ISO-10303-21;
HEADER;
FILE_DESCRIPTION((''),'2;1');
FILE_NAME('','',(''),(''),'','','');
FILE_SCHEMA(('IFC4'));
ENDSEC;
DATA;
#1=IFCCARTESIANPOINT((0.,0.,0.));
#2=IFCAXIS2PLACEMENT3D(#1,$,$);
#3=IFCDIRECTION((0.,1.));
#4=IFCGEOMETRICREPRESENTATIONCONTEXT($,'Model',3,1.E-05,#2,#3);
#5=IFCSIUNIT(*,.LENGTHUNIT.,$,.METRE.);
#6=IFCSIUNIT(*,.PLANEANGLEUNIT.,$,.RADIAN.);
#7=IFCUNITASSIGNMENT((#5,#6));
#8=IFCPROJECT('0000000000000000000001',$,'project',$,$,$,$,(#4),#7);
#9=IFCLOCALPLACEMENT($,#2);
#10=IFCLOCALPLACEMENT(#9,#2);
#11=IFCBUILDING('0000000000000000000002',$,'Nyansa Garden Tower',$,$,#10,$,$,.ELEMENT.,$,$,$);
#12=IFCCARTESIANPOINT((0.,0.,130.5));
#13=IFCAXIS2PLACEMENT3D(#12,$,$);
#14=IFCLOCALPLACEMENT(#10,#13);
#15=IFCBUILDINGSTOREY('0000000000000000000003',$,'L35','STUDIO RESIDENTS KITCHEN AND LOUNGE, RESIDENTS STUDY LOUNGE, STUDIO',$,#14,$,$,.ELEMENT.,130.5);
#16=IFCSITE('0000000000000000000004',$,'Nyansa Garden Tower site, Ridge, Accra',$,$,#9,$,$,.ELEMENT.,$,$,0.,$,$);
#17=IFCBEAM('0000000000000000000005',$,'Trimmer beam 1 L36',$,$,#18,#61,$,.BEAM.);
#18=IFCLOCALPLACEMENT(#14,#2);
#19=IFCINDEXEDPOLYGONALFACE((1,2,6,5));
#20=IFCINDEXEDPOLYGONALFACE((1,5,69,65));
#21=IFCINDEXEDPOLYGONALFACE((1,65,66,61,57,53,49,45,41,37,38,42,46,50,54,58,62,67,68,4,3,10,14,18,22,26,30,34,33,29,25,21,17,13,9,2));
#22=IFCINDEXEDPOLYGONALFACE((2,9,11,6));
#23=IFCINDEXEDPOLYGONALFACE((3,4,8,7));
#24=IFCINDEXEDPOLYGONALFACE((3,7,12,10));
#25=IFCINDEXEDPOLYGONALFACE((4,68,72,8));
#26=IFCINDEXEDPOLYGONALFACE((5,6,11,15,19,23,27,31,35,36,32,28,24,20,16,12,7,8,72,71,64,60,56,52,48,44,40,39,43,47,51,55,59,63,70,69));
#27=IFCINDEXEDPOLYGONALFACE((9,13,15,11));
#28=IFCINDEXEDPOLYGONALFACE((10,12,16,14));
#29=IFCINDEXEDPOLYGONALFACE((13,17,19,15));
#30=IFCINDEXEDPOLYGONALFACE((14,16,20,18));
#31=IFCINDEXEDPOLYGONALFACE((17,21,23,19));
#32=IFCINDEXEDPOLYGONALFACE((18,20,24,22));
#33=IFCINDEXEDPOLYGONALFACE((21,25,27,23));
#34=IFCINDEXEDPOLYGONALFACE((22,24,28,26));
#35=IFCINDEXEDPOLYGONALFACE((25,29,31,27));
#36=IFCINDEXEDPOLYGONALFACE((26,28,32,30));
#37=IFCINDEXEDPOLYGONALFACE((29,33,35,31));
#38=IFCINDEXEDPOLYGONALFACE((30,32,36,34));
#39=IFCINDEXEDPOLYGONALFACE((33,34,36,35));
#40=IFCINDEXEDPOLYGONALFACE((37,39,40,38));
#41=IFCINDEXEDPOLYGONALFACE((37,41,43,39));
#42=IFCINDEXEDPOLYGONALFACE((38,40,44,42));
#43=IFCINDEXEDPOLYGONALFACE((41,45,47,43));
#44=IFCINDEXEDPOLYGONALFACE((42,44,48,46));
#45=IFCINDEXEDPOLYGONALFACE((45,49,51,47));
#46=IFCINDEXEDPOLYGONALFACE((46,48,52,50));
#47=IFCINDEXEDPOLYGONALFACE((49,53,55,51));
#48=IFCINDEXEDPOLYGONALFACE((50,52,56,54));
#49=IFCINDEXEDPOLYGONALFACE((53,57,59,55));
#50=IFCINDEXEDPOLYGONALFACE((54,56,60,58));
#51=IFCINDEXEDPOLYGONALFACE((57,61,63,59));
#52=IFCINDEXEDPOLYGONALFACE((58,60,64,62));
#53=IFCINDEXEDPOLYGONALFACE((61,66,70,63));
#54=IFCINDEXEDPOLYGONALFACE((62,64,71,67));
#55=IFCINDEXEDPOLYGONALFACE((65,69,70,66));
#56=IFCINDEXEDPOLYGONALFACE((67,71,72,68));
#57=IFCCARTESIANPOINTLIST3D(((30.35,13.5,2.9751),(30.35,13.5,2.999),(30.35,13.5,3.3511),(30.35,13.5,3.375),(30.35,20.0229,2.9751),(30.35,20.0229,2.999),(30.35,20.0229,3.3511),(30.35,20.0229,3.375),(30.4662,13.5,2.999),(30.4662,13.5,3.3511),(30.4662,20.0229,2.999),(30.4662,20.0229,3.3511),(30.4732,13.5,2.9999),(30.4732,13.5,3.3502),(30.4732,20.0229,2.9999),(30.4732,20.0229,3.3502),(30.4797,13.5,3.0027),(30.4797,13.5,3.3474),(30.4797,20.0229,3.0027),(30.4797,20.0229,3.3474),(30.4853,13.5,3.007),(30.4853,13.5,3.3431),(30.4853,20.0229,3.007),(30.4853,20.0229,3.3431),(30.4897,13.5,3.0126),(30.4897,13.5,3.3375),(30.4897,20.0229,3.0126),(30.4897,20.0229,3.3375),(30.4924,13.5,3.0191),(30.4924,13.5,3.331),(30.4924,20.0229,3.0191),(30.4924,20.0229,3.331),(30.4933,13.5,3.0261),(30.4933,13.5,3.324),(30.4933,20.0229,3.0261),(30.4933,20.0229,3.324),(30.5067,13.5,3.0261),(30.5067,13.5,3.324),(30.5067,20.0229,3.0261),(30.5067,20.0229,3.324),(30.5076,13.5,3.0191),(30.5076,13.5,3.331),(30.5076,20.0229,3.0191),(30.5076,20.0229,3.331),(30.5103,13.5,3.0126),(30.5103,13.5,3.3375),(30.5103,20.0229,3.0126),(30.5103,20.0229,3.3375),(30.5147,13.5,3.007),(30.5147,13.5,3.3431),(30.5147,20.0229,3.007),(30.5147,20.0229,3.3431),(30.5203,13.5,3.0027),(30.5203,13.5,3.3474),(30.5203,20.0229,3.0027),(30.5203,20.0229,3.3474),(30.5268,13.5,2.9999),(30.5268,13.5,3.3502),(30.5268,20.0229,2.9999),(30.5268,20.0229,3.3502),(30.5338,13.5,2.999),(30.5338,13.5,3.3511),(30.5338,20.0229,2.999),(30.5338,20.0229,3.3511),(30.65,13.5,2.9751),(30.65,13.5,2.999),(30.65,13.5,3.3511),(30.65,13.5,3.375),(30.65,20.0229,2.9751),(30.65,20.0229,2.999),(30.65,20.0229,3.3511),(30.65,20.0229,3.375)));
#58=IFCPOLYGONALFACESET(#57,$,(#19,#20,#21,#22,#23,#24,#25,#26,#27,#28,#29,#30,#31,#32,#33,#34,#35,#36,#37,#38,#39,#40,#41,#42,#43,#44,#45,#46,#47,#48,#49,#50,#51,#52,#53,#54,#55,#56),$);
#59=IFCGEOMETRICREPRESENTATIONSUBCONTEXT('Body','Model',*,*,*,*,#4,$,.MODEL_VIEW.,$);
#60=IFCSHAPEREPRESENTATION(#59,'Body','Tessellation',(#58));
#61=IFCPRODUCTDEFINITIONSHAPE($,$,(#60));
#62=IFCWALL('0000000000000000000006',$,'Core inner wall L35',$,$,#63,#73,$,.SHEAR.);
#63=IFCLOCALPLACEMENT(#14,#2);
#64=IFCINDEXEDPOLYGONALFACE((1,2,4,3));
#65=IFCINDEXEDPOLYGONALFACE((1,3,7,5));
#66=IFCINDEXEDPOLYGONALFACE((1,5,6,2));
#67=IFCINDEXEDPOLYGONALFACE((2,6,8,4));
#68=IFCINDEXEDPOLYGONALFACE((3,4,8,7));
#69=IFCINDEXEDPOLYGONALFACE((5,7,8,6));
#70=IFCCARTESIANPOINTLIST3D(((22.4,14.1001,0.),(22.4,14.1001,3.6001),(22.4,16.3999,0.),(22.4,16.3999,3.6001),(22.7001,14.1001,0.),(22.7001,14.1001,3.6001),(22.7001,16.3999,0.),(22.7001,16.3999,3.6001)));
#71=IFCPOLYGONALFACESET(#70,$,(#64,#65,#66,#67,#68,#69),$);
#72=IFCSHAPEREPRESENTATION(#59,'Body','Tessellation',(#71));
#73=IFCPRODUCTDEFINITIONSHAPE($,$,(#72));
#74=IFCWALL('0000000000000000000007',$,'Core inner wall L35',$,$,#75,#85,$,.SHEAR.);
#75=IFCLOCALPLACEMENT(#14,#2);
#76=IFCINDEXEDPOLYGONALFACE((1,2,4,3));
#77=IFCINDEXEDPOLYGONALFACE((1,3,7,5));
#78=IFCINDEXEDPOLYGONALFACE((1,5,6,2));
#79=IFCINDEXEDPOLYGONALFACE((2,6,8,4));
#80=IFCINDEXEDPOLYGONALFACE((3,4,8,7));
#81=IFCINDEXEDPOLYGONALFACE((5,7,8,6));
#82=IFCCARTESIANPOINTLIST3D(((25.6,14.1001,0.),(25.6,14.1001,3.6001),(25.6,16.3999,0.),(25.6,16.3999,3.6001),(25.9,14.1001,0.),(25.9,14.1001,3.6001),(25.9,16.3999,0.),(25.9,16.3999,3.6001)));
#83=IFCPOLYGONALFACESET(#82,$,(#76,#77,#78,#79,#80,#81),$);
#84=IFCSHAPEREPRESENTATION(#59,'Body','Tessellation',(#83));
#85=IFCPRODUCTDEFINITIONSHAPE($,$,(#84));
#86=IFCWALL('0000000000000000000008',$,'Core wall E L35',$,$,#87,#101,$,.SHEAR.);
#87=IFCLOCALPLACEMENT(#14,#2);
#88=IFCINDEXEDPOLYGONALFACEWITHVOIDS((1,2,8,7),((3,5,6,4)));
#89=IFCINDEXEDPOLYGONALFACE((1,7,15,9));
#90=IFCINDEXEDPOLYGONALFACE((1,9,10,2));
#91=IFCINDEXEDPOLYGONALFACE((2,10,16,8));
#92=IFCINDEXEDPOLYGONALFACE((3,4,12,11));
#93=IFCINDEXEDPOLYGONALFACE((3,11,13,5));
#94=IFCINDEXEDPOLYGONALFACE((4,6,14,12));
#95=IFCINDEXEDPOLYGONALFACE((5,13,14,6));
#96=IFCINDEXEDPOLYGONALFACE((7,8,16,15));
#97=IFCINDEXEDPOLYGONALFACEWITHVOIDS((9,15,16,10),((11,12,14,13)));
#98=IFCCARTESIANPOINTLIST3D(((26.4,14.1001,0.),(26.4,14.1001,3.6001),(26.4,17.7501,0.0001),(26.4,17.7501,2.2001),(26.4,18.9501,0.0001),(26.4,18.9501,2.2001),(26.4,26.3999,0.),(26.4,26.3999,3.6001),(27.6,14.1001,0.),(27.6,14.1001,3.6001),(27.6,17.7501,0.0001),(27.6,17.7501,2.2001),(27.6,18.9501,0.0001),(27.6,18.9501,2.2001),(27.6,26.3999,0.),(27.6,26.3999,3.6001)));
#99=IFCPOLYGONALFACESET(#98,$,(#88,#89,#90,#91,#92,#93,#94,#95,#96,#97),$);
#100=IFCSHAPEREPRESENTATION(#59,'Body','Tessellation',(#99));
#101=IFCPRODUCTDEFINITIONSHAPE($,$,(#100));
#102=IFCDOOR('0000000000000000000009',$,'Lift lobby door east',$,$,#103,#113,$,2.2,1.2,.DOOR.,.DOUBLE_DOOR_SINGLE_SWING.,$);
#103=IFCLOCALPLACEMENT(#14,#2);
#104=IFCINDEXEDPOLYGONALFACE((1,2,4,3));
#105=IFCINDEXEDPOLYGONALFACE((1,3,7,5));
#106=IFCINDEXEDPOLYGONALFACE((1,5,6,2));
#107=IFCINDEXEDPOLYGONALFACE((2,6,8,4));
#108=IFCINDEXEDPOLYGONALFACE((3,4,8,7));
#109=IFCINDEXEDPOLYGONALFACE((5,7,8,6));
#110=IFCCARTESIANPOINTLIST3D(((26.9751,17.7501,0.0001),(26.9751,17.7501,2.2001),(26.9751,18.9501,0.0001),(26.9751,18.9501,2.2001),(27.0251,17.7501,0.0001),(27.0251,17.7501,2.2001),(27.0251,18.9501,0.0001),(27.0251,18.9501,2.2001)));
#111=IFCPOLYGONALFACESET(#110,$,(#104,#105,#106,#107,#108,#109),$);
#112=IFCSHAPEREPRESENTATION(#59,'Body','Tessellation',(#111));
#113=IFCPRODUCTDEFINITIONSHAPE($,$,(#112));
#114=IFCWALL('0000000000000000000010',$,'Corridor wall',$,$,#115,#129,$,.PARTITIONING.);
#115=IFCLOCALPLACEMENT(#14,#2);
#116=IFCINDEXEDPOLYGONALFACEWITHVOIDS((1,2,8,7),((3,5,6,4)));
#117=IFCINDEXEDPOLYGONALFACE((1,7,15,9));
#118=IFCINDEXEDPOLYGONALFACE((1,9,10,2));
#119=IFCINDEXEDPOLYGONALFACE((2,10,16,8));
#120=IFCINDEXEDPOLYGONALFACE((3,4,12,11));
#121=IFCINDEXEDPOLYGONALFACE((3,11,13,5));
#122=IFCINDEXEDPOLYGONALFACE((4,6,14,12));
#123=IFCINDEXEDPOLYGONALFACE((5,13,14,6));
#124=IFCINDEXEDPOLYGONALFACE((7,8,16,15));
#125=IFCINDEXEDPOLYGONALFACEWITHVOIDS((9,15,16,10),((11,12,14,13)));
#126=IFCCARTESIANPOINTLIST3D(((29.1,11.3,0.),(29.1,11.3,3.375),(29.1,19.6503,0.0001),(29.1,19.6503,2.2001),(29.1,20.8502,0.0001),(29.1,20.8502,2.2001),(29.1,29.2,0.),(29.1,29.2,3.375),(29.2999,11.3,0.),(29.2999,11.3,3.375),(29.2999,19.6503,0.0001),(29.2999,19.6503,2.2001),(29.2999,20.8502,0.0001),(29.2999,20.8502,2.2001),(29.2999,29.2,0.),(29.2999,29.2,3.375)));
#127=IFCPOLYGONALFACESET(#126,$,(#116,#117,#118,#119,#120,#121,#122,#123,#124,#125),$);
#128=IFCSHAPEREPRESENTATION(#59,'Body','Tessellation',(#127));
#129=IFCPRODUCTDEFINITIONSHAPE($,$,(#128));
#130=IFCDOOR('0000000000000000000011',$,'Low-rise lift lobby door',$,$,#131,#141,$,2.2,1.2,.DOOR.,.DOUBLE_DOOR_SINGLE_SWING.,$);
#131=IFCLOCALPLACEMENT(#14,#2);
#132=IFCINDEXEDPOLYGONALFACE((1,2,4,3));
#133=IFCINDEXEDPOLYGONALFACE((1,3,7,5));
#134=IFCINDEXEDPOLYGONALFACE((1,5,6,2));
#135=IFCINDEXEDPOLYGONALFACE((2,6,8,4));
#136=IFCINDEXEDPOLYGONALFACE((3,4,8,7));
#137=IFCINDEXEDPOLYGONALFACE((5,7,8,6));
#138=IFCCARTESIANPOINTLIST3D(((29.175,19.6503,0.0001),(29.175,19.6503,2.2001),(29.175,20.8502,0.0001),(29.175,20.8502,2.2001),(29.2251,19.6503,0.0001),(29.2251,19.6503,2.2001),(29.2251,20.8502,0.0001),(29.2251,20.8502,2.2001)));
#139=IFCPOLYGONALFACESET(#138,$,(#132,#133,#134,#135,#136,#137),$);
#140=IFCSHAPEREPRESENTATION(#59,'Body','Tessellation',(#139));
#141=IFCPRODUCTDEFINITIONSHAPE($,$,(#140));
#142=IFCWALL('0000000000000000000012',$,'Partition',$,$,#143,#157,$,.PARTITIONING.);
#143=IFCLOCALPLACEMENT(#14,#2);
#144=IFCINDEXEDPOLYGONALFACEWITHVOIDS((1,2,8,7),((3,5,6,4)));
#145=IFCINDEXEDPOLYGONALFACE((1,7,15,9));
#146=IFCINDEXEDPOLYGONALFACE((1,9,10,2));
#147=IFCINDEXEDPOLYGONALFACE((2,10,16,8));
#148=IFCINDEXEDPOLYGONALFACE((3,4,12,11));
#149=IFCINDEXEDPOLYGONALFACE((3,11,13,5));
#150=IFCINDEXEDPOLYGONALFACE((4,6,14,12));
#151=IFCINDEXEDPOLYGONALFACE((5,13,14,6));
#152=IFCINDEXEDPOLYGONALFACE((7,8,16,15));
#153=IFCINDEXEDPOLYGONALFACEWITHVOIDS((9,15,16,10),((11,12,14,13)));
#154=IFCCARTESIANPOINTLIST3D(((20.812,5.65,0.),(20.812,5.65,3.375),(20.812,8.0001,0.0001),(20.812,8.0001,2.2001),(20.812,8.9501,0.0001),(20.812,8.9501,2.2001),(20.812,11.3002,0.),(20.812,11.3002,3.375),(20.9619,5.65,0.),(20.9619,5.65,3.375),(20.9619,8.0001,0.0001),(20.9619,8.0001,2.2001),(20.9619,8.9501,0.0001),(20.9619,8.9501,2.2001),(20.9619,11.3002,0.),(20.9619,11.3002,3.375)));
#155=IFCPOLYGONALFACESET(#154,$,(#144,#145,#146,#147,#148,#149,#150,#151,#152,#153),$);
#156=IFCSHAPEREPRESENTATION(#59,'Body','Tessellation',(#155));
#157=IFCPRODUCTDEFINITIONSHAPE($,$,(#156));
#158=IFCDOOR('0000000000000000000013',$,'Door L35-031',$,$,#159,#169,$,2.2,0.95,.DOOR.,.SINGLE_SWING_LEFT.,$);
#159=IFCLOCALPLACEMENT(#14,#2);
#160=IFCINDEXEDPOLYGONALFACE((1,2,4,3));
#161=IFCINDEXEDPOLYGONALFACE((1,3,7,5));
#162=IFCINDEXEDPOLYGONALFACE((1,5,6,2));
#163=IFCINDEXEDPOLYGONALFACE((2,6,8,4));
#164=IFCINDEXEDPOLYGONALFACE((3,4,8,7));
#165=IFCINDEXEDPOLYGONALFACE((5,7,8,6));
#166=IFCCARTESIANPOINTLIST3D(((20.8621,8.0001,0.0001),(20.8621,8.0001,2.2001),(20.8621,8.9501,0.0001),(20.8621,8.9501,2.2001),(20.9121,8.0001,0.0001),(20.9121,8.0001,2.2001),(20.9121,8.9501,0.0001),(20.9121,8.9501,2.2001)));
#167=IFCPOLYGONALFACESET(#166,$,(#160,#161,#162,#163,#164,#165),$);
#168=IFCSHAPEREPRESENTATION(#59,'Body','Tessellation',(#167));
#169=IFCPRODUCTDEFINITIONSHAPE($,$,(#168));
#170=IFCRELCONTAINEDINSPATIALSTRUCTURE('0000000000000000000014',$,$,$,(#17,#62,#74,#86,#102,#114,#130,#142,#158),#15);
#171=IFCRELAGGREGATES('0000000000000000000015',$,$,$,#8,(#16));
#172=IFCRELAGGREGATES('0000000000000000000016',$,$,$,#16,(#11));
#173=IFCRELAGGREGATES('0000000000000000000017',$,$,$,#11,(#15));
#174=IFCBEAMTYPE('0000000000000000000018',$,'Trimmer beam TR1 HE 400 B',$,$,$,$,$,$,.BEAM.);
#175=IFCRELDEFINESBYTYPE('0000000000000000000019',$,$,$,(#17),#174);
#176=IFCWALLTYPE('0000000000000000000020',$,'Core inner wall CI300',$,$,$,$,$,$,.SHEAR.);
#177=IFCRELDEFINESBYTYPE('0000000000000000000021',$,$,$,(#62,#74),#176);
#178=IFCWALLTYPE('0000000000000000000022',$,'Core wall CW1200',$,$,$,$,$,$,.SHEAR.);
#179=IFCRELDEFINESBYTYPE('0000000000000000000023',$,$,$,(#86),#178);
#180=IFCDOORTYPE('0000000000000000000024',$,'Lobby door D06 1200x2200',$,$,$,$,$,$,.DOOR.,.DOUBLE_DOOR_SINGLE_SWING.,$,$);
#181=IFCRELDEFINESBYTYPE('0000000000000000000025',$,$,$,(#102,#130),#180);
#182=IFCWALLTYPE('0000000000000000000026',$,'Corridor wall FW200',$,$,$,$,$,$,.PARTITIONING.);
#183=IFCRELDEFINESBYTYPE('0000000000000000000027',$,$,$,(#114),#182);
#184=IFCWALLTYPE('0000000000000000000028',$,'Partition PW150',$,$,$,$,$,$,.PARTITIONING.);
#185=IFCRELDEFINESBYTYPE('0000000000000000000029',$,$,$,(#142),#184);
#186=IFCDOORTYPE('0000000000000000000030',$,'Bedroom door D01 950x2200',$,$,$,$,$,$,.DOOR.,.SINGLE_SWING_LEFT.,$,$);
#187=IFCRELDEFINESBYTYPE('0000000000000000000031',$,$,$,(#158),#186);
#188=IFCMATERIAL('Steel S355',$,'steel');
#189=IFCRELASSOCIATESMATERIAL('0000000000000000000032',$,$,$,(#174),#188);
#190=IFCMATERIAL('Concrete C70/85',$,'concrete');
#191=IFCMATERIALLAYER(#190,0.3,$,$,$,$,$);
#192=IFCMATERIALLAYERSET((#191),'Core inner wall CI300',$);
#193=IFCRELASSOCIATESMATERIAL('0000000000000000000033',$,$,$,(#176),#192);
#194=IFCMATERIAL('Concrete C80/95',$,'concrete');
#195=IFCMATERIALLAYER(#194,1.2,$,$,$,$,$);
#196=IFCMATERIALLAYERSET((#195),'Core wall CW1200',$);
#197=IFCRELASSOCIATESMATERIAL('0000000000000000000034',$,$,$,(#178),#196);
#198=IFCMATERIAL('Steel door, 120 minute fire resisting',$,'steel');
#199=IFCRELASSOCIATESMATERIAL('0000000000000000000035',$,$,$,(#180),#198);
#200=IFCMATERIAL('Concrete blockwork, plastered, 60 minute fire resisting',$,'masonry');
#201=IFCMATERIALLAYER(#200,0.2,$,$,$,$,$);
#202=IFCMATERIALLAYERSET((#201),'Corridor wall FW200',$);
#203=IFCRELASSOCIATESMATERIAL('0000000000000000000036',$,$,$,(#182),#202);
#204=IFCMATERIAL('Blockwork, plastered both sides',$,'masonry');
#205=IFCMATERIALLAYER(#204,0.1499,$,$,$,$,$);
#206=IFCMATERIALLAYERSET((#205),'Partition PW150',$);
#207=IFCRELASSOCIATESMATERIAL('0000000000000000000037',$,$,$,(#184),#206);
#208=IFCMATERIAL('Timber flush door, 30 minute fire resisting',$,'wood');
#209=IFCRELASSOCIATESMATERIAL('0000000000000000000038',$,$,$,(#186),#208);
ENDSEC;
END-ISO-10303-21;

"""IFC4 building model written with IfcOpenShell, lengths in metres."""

from ifc_helpers import new_model, si_unit, direction, frame, frame_2d, origin, origin_2d, place, context, subcontext, project, spatial, rectangle, i_section, extrude, material, layer, layer_set, material_profile, profile_set, type_object, element, fill, save


model = new_model("IFC4")

# Units and contexts
model_context = context("Model", 3, precision=1e-05, world=origin(), true_north=direction((0.0, 1.0)))
body_context = subcontext(model_context, "Body", "Model", "MODEL_VIEW")
ifc_project = project(units=[si_unit("LENGTHUNIT", "METRE"), si_unit("PLANEANGLEUNIT", "RADIAN")], contexts=[model_context])

# Site, building, storey
site_placement = place(None, origin())
site = spatial("IfcSite", under=ifc_project, at=site_placement, Name="Nyansa Garden Tower site, Ridge, Accra", CompositionType="ELEMENT", RefElevation=0.0)
building_placement = place(site_placement, origin())
building = spatial("IfcBuilding", under=site, at=building_placement, Name="Nyansa Garden Tower", CompositionType="ELEMENT")
storey_placement = place(building_placement, frame((0.0, 0.0, 130.5)))
storey = spatial("IfcBuildingStorey", under=building, at=storey_placement, Name="L35", Description="STUDIO RESIDENTS KITCHEN AND LOUNGE, RESIDENTS STUDY LOUNGE, STUDIO", CompositionType="ELEMENT", Elevation=130.5)

# Beam
ifc_material_1 = material(Name="Steel S355", Category="steel")
ifc_material_profile_1 = material_profile(ifc_material_1, i_section(OverallWidth=0.3, OverallDepth=0.3999, WebThickness=0.0134, FlangeThickness=0.0239, FilletRadius=0.0271, at=origin_2d()), Name="HE 400 B")
ifc_profile_set_1 = profile_set([ifc_material_profile_1], Name="Steel S355")
beam_type_1 = type_object("IfcBeamType", Name="Trimmer beam TR1 HE 400 B", PredefinedType="BEAM", material=ifc_profile_set_1)
beam_1_placement = place(storey_placement, frame((30.5, 13.5, 3.175), z_axis=(0.0, 1.0, 0.0), x_axis=(-1.0, 0.0, 0.0)))
element("IfcBeam", 1, at=beam_1_placement, inside=storey, type_object=beam_type_1, Name="Trimmer beam 1 L36", PredefinedType="BEAM", context=body_context, shape_type="SweptSolid", body=[
    extrude(i_section(OverallWidth=0.3, OverallDepth=0.3999, WebThickness=0.0134, FlangeThickness=0.0239, FilletRadius=0.0271, at=origin_2d()), origin(), (0.0, 0.0, 1.0), 6.5229),
])

# Walls
ifc_material_2 = material(Name="Concrete C70/85", Category="concrete")
ifc_layer_1 = layer(ifc_material_2, 0.3)
ifc_layer_set_1 = layer_set([ifc_layer_1], Name="Core inner wall CI300")
wall_type_1 = type_object("IfcWallType", Name="Core inner wall CI300", PredefinedType="SHEAR", material=ifc_layer_set_1)
for number, where, z_axis, x_axis, name in (
    (2, (22.55, 14.1001, 0.0), (0.0, 0.0, 1.0), (0.0, 1.0, 0.0), "Core inner wall L35"),
    (3, (25.75, 14.1001, 0.0), (0.0, 0.0, 1.0), (0.0, 1.0, 0.0), "Core inner wall L35"),
):
    element("IfcWall", number, at=place(storey_placement, frame(where, z_axis=z_axis, x_axis=x_axis)), inside=storey, type_object=wall_type_1, Name=name, PredefinedType="SHEAR", context=body_context, shape_type="SweptSolid", body=[
        extrude(rectangle(XDim=2.2998, YDim=0.3, at=frame_2d((1.1499, 0.0))), origin(), (0.0, 0.0, 1.0), 3.6001),
    ])

# Walls, openings, doors
ifc_material_3 = material(Name="Concrete C80/95", Category="concrete")
ifc_layer_2 = layer(ifc_material_3, 1.2)
ifc_layer_set_2 = layer_set([ifc_layer_2], Name="Core wall CW1200")
wall_type_2 = type_object("IfcWallType", Name="Core wall CW1200", PredefinedType="SHEAR", material=ifc_layer_set_2)
wall_1_placement = place(storey_placement, frame((27.0, 14.1001, 0.0), z_axis=(0.0, 0.0, 1.0), x_axis=(0.0, 1.0, 0.0)))
wall_1 = element("IfcWall", 4, at=wall_1_placement, inside=storey, type_object=wall_type_2, Name="Core wall E L35", PredefinedType="SHEAR", context=body_context, shape_type="SweptSolid", body=[
    extrude(rectangle(XDim=12.2998, YDim=1.2, at=frame_2d((6.1499, 0.0))), origin(), (0.0, 0.0, 1.0), 3.6001),
])
opening_1_placement = place(wall_1_placement, frame((3.6499, 0.0, 0.0)))
opening_1 = element("IfcOpeningElement", 5, at=opening_1_placement, cuts=wall_1, PredefinedType="OPENING", context=body_context, shape_type="SweptSolid", body=[
    extrude(rectangle(XDim=1.2, YDim=2.2, at=frame_2d((0.6001, 1.1001))), frame((0.0, 0.6099, 0.0), z_axis=(0.0, -1.0, 0.0), x_axis=(1.0, 0.0, 0.0)), (0.0, 0.0, 1.0), 1.22),
])
ifc_material_4 = material(Name="Steel door, 120 minute fire resisting", Category="steel")
door_type_1 = type_object("IfcDoorType", Name="Lobby door D06 1200x2200", OperationType="DOUBLE_DOOR_SINGLE_SWING", PredefinedType="DOOR", material=ifc_material_4)
door_1_placement = place(opening_1_placement, origin())
door_1 = element("IfcDoor", 6, at=door_1_placement, inside=storey, type_object=door_type_1, Name="Lift lobby door east", OperationType="DOUBLE_DOOR_SINGLE_SWING", OverallHeight=2.2, OverallWidth=1.2, PredefinedType="DOOR", context=body_context, shape_type="SweptSolid", body=[
    extrude(rectangle(XDim=1.2, YDim=2.2, at=frame_2d((0.6001, 1.1001))), frame((0.0, 0.0249, 0.0), z_axis=(0.0, -1.0, 0.0), x_axis=(1.0, 0.0, 0.0)), (0.0, 0.0, 1.0), 0.05),
])
fill(opening_1, door_1)
ifc_material_5 = material(Name="Concrete blockwork, plastered, 60 minute fire resisting", Category="masonry")
ifc_layer_3 = layer(ifc_material_5, 0.2)
ifc_layer_set_3 = layer_set([ifc_layer_3], Name="Corridor wall FW200")
wall_type_3 = type_object("IfcWallType", Name="Corridor wall FW200", PredefinedType="PARTITIONING", material=ifc_layer_set_3)
wall_2_placement = place(storey_placement, frame((29.2, 11.3, 0.0), z_axis=(0.0, 0.0, 1.0), x_axis=(0.0, 1.0, 0.0)))
wall_2 = element("IfcWall", 7, at=wall_2_placement, inside=storey, type_object=wall_type_3, Name="Corridor wall", PredefinedType="PARTITIONING", context=body_context, shape_type="SweptSolid", body=[
    extrude(rectangle(XDim=17.8999, YDim=0.2, at=frame_2d((8.95, 0.0))), origin(), (0.0, 0.0, 1.0), 3.375),
])
opening_2_placement = place(wall_2_placement, frame((8.3501, 0.0, 0.0)))
opening_2 = element("IfcOpeningElement", 8, at=opening_2_placement, cuts=wall_2, PredefinedType="OPENING", context=body_context, shape_type="SweptSolid", body=[
    extrude(rectangle(XDim=1.2, YDim=2.2, at=frame_2d((0.6001, 1.1001))), frame((0.0, 0.1099, 0.0), z_axis=(0.0, -1.0, 0.0), x_axis=(1.0, 0.0, 0.0)), (0.0, 0.0, 1.0), 0.22),
])
door_2_placement = place(opening_2_placement, origin())
door_2 = element("IfcDoor", 9, at=door_2_placement, inside=storey, type_object=door_type_1, Name="Low-rise lift lobby door", OperationType="DOUBLE_DOOR_SINGLE_SWING", OverallHeight=2.2, OverallWidth=1.2, PredefinedType="DOOR", context=body_context, shape_type="SweptSolid", body=[
    extrude(rectangle(XDim=1.2, YDim=2.2, at=frame_2d((0.6001, 1.1001))), frame((0.0, 0.0249, 0.0), z_axis=(0.0, -1.0, 0.0), x_axis=(1.0, 0.0, 0.0)), (0.0, 0.0, 1.0), 0.05),
])
fill(opening_2, door_2)
ifc_material_6 = material(Name="Blockwork, plastered both sides", Category="masonry")
ifc_layer_4 = layer(ifc_material_6, 0.1499)
ifc_layer_set_4 = layer_set([ifc_layer_4], Name="Partition PW150")
wall_type_4 = type_object("IfcWallType", Name="Partition PW150", PredefinedType="PARTITIONING", material=ifc_layer_set_4)
wall_3_placement = place(storey_placement, frame((20.887, 5.6499, 0.0), z_axis=(0.0, 0.0, 1.0), x_axis=(0.0, 1.0, 0.0)))
wall_3 = element("IfcWall", 10, at=wall_3_placement, inside=storey, type_object=wall_type_4, Name="Partition", PredefinedType="PARTITIONING", context=body_context, shape_type="SweptSolid", body=[
    extrude(rectangle(XDim=5.6501, YDim=0.1499, at=frame_2d((2.8252, 0.0))), origin(), (0.0, 0.0, 1.0), 3.375),
])
opening_3_placement = place(wall_3_placement, frame((2.3501, 0.0, 0.0)))
opening_3 = element("IfcOpeningElement", 11, at=opening_3_placement, cuts=wall_3, PredefinedType="OPENING", context=body_context, shape_type="SweptSolid", body=[
    extrude(rectangle(XDim=0.95, YDim=2.2, at=frame_2d((0.4751, 1.1001))), frame((0.0, 0.085, 0.0), z_axis=(0.0, -1.0, 0.0), x_axis=(1.0, 0.0, 0.0)), (0.0, 0.0, 1.0), 0.1699),
])
ifc_material_7 = material(Name="Timber flush door, 30 minute fire resisting", Category="wood")
door_type_2 = type_object("IfcDoorType", Name="Bedroom door D01 950x2200", OperationType="SINGLE_SWING_LEFT", PredefinedType="DOOR", material=ifc_material_7)
door_3_placement = place(opening_3_placement, origin())
door_3 = element("IfcDoor", 12, at=door_3_placement, inside=storey, type_object=door_type_2, Name="Door L35-031", OperationType="SINGLE_SWING_LEFT", OverallHeight=2.2, OverallWidth=0.95, PredefinedType="DOOR", context=body_context, shape_type="SweptSolid", body=[
    extrude(rectangle(XDim=0.95, YDim=2.2, at=frame_2d((0.4751, 1.1001))), frame((0.0, 0.0249, 0.0), z_axis=(0.0, -1.0, 0.0), x_axis=(1.0, 0.0, 0.0)), (0.0, 0.0, 1.0), 0.05),
])
fill(opening_3, door_3)

save(model, "model.ifc")
